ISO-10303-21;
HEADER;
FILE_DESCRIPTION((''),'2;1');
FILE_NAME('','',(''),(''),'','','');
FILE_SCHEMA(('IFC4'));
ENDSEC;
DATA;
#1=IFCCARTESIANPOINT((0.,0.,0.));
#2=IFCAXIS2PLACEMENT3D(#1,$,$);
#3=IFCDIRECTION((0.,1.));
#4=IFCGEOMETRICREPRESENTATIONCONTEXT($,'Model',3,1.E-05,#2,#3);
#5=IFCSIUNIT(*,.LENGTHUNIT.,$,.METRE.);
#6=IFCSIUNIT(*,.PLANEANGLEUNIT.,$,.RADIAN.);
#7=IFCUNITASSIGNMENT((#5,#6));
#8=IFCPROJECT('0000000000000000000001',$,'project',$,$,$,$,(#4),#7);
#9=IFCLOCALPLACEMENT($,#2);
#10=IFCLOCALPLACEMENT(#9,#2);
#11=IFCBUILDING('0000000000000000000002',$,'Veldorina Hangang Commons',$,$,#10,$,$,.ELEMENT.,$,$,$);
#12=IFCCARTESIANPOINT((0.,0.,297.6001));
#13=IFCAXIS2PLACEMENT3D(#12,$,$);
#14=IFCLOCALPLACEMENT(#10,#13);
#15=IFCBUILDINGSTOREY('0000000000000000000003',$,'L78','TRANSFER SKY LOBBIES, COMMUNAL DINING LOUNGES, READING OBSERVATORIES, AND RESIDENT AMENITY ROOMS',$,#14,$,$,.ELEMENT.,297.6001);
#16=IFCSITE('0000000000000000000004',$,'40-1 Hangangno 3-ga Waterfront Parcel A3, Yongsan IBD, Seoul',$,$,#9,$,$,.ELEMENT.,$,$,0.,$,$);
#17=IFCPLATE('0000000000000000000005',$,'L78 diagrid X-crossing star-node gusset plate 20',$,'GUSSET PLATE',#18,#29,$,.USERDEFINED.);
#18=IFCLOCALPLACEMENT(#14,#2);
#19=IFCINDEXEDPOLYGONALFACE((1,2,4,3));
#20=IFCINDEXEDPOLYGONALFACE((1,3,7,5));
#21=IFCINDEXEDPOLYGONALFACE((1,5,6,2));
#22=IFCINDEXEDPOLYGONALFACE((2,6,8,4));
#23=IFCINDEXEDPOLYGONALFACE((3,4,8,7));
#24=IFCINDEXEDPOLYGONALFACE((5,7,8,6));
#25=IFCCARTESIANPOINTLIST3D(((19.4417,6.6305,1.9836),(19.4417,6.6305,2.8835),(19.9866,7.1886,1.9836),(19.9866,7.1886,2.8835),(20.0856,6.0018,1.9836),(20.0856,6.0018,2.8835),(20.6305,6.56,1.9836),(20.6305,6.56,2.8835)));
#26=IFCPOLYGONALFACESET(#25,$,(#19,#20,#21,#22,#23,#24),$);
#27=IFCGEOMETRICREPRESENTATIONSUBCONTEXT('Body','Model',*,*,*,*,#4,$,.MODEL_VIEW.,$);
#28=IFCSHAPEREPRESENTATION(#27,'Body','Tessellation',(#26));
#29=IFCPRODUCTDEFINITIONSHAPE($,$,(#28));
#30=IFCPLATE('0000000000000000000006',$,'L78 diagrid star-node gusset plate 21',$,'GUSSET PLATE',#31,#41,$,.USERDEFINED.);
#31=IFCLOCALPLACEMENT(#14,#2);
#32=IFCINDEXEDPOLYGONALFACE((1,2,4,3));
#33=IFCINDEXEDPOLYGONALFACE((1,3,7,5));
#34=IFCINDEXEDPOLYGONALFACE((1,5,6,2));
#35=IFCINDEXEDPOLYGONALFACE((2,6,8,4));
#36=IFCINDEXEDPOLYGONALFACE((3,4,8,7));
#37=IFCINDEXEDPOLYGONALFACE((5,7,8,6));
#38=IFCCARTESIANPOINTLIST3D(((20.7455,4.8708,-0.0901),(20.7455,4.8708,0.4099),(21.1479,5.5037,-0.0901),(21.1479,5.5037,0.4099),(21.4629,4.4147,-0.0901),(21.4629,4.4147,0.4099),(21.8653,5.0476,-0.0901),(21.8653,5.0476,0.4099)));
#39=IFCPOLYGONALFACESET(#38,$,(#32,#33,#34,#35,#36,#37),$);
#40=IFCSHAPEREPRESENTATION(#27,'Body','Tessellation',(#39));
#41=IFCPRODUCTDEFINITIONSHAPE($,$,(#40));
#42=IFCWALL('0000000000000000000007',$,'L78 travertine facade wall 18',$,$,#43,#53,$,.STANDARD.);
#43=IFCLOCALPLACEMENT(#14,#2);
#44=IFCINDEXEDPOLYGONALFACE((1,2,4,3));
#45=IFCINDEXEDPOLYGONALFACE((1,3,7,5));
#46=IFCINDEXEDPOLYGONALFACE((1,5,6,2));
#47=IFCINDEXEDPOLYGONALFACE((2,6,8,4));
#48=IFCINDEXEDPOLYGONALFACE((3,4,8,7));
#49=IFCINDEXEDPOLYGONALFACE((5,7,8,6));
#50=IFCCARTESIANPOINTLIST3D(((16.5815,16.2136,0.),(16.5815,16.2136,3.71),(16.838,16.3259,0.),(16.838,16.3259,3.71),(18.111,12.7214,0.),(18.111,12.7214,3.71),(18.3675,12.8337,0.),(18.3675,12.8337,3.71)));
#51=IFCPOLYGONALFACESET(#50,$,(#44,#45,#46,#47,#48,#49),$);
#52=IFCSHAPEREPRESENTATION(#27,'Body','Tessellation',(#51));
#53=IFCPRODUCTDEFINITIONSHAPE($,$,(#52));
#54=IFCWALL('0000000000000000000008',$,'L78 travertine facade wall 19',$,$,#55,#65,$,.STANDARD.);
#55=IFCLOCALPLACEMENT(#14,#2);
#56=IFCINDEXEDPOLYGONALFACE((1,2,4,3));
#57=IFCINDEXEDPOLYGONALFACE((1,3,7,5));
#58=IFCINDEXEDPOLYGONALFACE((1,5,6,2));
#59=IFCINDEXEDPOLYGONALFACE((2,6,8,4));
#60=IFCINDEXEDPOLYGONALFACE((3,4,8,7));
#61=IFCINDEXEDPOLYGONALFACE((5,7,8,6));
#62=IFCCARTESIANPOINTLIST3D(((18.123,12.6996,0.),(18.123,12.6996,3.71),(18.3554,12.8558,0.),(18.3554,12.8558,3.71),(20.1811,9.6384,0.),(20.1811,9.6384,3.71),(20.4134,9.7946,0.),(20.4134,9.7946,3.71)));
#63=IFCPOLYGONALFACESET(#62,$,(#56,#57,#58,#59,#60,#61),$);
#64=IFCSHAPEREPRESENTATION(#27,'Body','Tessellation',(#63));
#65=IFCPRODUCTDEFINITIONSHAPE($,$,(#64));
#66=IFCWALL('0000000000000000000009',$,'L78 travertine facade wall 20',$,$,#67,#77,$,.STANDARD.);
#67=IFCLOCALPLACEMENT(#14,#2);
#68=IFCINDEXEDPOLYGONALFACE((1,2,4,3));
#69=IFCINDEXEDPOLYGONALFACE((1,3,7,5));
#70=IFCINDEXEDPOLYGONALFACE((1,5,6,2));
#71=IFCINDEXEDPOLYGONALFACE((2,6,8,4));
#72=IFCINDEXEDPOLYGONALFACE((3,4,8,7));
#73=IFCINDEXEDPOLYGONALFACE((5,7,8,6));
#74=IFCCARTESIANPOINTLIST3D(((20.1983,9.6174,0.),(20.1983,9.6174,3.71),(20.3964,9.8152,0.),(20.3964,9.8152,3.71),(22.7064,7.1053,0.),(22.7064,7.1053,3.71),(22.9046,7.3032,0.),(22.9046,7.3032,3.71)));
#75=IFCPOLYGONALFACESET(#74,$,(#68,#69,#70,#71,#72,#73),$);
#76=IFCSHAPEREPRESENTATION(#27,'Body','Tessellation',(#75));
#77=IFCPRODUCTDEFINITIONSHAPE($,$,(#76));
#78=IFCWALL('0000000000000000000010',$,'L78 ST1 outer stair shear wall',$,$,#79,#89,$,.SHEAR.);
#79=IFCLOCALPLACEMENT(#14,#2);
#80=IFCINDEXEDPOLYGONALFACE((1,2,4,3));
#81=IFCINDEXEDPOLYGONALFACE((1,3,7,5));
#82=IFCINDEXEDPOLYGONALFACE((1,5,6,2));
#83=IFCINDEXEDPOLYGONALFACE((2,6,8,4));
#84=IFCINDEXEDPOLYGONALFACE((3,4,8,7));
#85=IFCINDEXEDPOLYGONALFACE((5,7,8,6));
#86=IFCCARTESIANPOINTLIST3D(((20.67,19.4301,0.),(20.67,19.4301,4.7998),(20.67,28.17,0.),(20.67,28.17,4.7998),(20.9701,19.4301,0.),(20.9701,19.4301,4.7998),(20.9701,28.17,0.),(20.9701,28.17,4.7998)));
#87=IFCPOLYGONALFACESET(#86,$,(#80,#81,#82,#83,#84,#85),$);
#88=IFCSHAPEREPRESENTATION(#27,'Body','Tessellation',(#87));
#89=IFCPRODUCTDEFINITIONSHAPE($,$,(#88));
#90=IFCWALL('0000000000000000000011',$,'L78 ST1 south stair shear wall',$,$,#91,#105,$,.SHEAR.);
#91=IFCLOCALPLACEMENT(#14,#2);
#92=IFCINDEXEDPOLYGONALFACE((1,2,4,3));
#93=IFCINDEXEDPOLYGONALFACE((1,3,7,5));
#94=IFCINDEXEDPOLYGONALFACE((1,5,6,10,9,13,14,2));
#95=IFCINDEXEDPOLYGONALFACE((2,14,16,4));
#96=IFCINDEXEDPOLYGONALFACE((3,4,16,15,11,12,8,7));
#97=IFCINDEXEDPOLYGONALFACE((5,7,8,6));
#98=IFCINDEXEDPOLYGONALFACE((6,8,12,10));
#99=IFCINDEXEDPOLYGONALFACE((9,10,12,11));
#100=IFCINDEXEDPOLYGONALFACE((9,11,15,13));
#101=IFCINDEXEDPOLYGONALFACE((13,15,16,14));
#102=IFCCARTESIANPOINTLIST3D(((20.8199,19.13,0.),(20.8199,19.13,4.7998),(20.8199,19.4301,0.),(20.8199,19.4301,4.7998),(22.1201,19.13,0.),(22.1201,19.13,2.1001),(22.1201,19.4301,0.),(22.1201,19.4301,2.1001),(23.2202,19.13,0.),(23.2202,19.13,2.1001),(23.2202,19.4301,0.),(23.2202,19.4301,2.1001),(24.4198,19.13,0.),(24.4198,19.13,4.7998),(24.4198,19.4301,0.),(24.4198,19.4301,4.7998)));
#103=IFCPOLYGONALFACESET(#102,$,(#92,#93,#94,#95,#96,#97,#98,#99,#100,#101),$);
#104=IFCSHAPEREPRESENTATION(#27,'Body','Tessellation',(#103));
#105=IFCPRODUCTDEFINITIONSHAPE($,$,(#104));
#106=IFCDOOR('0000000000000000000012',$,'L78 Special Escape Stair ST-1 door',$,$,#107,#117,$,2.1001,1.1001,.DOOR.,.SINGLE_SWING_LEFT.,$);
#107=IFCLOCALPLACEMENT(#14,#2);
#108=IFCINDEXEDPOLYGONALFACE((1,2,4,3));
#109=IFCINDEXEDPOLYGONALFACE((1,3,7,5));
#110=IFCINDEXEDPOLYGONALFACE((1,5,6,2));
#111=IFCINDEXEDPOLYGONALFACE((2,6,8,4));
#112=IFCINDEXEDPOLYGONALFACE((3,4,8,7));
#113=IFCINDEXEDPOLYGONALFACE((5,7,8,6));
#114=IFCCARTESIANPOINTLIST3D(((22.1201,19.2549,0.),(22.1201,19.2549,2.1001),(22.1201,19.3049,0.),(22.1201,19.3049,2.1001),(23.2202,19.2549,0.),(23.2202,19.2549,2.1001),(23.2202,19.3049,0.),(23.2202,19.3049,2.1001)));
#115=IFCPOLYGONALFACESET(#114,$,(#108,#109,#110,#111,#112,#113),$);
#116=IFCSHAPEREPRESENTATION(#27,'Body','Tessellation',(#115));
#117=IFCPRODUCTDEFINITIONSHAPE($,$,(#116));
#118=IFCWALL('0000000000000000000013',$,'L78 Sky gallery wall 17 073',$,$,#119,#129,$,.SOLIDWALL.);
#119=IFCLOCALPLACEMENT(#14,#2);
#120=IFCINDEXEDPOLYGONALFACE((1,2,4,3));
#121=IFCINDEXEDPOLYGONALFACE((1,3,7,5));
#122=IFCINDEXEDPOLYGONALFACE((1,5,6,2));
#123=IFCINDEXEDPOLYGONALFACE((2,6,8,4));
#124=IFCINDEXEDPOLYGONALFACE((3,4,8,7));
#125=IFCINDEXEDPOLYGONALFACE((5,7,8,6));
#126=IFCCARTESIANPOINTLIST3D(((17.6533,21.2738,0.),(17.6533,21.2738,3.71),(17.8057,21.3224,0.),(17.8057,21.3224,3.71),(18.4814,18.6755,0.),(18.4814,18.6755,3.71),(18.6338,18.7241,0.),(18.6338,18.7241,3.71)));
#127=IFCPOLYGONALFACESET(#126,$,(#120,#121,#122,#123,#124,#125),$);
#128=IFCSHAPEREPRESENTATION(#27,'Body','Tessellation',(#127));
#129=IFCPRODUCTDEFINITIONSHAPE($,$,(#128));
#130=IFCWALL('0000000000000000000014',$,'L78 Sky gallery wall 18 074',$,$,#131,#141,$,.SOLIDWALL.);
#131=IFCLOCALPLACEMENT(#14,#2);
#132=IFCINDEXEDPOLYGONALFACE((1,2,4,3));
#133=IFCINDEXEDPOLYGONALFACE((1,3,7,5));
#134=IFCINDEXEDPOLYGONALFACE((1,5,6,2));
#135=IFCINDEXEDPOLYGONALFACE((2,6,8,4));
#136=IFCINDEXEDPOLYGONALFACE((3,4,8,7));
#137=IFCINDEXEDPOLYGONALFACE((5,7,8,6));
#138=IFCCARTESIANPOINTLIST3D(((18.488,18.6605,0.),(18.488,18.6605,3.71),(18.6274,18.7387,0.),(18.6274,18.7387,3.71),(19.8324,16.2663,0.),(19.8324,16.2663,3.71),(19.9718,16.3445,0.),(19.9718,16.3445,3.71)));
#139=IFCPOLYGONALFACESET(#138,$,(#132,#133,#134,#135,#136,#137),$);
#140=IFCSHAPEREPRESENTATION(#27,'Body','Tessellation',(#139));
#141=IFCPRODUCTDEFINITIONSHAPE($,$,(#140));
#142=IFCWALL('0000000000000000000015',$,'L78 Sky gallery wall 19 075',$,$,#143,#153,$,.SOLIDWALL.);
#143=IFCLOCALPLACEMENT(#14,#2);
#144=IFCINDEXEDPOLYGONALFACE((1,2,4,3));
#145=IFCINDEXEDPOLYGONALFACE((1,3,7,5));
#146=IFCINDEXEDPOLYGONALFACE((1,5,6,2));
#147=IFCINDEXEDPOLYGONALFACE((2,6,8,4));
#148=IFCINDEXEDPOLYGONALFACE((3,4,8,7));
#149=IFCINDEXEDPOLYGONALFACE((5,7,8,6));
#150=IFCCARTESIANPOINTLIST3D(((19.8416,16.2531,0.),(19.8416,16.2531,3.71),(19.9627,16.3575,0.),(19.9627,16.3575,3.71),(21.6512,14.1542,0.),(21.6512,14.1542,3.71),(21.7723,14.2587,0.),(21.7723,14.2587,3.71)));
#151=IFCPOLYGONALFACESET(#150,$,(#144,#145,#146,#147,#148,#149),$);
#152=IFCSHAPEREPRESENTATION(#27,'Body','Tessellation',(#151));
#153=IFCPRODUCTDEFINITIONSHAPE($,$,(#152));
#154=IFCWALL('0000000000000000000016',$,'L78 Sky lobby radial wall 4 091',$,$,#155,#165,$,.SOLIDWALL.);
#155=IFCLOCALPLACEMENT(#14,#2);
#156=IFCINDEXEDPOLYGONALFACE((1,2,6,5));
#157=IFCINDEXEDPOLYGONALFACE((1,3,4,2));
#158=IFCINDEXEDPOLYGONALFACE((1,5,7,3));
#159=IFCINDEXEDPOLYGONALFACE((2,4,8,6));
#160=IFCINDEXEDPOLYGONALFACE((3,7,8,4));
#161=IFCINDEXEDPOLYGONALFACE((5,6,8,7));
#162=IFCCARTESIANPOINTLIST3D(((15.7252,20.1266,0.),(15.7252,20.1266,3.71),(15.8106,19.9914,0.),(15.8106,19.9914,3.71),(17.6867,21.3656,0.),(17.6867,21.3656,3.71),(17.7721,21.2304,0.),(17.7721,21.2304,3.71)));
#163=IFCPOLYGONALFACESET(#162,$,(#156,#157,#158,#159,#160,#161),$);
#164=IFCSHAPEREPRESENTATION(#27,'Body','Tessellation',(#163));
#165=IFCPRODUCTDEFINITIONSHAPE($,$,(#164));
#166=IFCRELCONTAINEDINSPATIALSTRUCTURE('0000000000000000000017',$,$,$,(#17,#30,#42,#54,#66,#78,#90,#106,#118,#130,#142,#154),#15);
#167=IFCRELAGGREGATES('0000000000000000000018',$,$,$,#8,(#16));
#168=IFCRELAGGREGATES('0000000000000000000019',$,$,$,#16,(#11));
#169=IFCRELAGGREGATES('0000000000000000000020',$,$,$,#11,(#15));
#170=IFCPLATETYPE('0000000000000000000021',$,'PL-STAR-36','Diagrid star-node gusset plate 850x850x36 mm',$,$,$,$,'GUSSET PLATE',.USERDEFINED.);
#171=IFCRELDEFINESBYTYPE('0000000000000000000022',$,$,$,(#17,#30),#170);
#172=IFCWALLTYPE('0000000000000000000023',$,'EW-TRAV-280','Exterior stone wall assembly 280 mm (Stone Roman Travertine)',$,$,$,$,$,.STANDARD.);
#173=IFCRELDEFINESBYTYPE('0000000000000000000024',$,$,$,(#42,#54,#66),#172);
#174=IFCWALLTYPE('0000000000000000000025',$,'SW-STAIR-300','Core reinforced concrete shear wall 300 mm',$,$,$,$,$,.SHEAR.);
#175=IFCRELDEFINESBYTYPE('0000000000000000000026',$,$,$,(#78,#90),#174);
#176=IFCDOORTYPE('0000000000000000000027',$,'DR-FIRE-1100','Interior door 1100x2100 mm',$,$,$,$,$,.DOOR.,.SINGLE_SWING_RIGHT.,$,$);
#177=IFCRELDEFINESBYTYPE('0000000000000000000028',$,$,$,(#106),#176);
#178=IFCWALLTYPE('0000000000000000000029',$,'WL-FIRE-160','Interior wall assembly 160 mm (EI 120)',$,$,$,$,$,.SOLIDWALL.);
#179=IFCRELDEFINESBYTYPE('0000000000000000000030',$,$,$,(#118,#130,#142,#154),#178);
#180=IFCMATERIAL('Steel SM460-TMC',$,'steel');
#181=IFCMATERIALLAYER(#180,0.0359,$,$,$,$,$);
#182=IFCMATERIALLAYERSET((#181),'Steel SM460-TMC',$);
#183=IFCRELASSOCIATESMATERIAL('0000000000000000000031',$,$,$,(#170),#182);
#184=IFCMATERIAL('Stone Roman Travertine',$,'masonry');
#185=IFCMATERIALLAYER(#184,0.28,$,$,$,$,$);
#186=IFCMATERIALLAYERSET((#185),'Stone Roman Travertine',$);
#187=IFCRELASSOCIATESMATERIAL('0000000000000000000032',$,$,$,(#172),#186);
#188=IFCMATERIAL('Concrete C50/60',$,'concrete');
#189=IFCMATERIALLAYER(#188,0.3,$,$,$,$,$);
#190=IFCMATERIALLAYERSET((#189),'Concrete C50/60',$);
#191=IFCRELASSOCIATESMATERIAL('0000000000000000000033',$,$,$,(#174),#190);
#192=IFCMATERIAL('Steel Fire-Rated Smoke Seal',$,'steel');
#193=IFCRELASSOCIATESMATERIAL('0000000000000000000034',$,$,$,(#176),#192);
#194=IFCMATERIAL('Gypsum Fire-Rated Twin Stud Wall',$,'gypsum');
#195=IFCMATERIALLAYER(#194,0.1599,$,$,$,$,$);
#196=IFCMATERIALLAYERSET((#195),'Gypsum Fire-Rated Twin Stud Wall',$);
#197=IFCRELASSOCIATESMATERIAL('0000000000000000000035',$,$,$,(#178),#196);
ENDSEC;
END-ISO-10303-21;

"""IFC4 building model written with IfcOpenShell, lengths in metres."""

from ifc_helpers import new_model, si_unit, direction, frame, frame_2d, origin, origin_2d, place, context, subcontext, project, spatial, rectangle, extrude, material, layer, layer_set, type_object, element, fill, save


model = new_model("IFC4")

# Units and contexts
model_context = context("Model", 3, precision=1e-05, world=origin(), true_north=direction((0.0, 1.0)))
body_context = subcontext(model_context, "Body", "Model", "MODEL_VIEW")
ifc_project = project(units=[si_unit("LENGTHUNIT", "METRE"), si_unit("PLANEANGLEUNIT", "RADIAN")], contexts=[model_context])

# Site, building, storey
site_placement = place(None, origin())
site = spatial("IfcSite", under=ifc_project, at=site_placement, Name="40-1 Hangangno 3-ga Waterfront Parcel A3, Yongsan IBD, Seoul", CompositionType="ELEMENT", RefElevation=0.0)
building_placement = place(site_placement, origin())
building = spatial("IfcBuilding", under=site, at=building_placement, Name="Veldorina Hangang Commons", CompositionType="ELEMENT")
storey_placement = place(building_placement, frame((0.0, 0.0, 297.6001)))
storey = spatial("IfcBuildingStorey", under=building, at=storey_placement, Name="L78", Description="TRANSFER SKY LOBBIES, COMMUNAL DINING LOUNGES, READING OBSERVATORIES, AND RESIDENT AMENITY ROOMS", CompositionType="ELEMENT", Elevation=297.6001)

# Shared definitions
ifc_material_1 = material(Name="Steel SM460-TMC", Category="steel")

# Plates
ifc_layer_1 = layer(ifc_material_1, 0.0359)
ifc_layer_set_1 = layer_set([ifc_layer_1], Name="Steel SM460-TMC")
plate_type = type_object("IfcPlateType", Name="PL-STAR-36", Description="Diagrid star-node gusset plate 850x850x36 mm", ElementType="GUSSET PLATE", PredefinedType="USERDEFINED", material=ifc_layer_set_1)
plate_1_placement = place(storey_placement, frame((20.0361, 6.5952, 1.9836), z_axis=(0.0, 0.0, 1.0), x_axis=(0.715534, -0.698578, 0.0)))
element("IfcPlate", 1, at=plate_1_placement, inside=storey, type_object=plate_type, Name="L78 diagrid X-crossing star-node gusset plate 20", ObjectType="GUSSET PLATE", PredefinedType="USERDEFINED", context=body_context, shape_type="SweptSolid", body=[
    extrude(rectangle(XDim=0.8999, YDim=0.78, at=origin_2d()), origin(), (0.0, 0.0, 1.0), 0.8999),
])
plate_2_placement = place(storey_placement, frame((21.3054, 4.9592, -0.0901), z_axis=(0.0, 0.0, 1.0), x_axis=(0.84386, -0.536563, 0.0)))
element("IfcPlate", 2, at=plate_2_placement, inside=storey, type_object=plate_type, Name="L78 diagrid star-node gusset plate 21", ObjectType="GUSSET PLATE", PredefinedType="USERDEFINED", context=body_context, shape_type="SweptSolid", body=[
    extrude(rectangle(XDim=0.8501, YDim=0.75, at=origin_2d()), origin(), (0.0, 0.0, 1.0), 0.5),
])

# Walls
ifc_material_2 = material(Name="Stone Roman Travertine", Category="masonry")
ifc_layer_2 = layer(ifc_material_2, 0.28)
ifc_layer_set_2 = layer_set([ifc_layer_2], Name="Stone Roman Travertine")
wall_type_1 = type_object("IfcWallType", Name="EW-TRAV-280", Description="Exterior stone wall assembly 280 mm (Stone Roman Travertine)", PredefinedType="STANDARD", material=ifc_layer_set_2)
wall_1_placement = place(storey_placement, frame((16.7097, 16.2698, 0.0), z_axis=(0.0, 0.0, 1.0), x_axis=(0.401195, -0.915993, 0.0)))
element("IfcWall", 3, at=wall_1_placement, inside=storey, type_object=wall_type_1, Name="L78 travertine facade wall 18", PredefinedType="STANDARD", context=body_context, shape_type="SweptSolid", body=[
    extrude(rectangle(XDim=3.8125, YDim=0.28, at=frame_2d((1.9062, 0.0))), origin(), (0.0, 0.0, 1.0), 3.71),
])
wall_2_placement = place(storey_placement, frame((18.2393, 12.7776, 0.0), z_axis=(0.0, 0.0, 1.0), x_axis=(0.557934, -0.829885, 0.0)))
element("IfcWall", 4, at=wall_2_placement, inside=storey, type_object=wall_type_1, Name="L78 travertine facade wall 19", PredefinedType="STANDARD", context=body_context, shape_type="SweptSolid", body=[
    extrude(rectangle(XDim=3.6887, YDim=0.28, at=frame_2d((1.8442, 0.0))), origin(), (0.0, 0.0, 1.0), 3.71),
])
wall_3_placement = place(storey_placement, frame((20.2974, 9.7163, 0.0), z_axis=(0.0, 0.0, 1.0), x_axis=(0.706556, -0.707657, 0.0)))
element("IfcWall", 5, at=wall_3_placement, inside=storey, type_object=wall_type_1, Name="L78 travertine facade wall 20", PredefinedType="STANDARD", context=body_context, shape_type="SweptSolid", body=[
    extrude(rectangle(XDim=3.5498, YDim=0.28, at=frame_2d((1.7749, 0.0))), origin(), (0.0, 0.0, 1.0), 3.71),
])
ifc_material_3 = material(Name="Concrete C50/60", Category="concrete")
ifc_layer_3 = layer(ifc_material_3, 0.3)
ifc_layer_set_3 = layer_set([ifc_layer_3], Name="Concrete C50/60")
wall_type_2 = type_object("IfcWallType", Name="SW-STAIR-300", Description="Core reinforced concrete shear wall 300 mm", PredefinedType="SHEAR", material=ifc_layer_set_3)
wall_4_placement = place(storey_placement, frame((20.8201, 19.4299, 0.0), z_axis=(0.0, 0.0, 1.0), x_axis=(0.0, 1.0, 0.0)))
element("IfcWall", 6, at=wall_4_placement, inside=storey, type_object=wall_type_2, Name="L78 ST1 outer stair shear wall", PredefinedType="SHEAR", context=body_context, shape_type="SweptSolid", body=[
    extrude(rectangle(XDim=8.74, YDim=0.3, at=frame_2d((4.3701, 0.0))), origin(), (0.0, 0.0, 1.0), 4.7998),
])

# Wall, opening, door
wall_5_placement = place(storey_placement, frame((20.8201, 19.28, 0.0), z_axis=(0.0, 0.0, 1.0), x_axis=(1.0, 0.0, 0.0)))
wall_5 = element("IfcWall", 7, at=wall_5_placement, inside=storey, type_object=wall_type_2, Name="L78 ST1 south stair shear wall", PredefinedType="SHEAR", context=body_context, shape_type="SweptSolid", body=[
    extrude(rectangle(XDim=3.5999, YDim=0.3, at=frame_2d((1.7998, 0.0))), origin(), (0.0, 0.0, 1.0), 4.7998),
])
opening_1_placement = place(wall_5_placement, frame((1.3, 0.0, 0.0)))
opening_1 = element("IfcOpeningElement", 8, at=opening_1_placement, cuts=wall_5, PredefinedType="OPENING", context=body_context, shape_type="SweptSolid", body=[
    extrude(rectangle(XDim=1.1001, YDim=2.1001, at=frame_2d((0.55, 1.05))), frame((0.0, 0.1602, 0.0), z_axis=(0.0, -1.0, 0.0), x_axis=(1.0, 0.0, 0.0)), (0.0, 0.0, 1.0), 0.3201),
])
ifc_material_4 = material(Name="Steel Fire-Rated Smoke Seal", Category="steel")
door_type = type_object("IfcDoorType", Name="DR-FIRE-1100", Description="Interior door 1100x2100 mm", OperationType="SINGLE_SWING_RIGHT", PredefinedType="DOOR", material=ifc_material_4)
door_1_placement = place(opening_1_placement, origin())
door_1 = element("IfcDoor", 9, at=door_1_placement, inside=storey, type_object=door_type, Name="L78 Special Escape Stair ST-1 door", OperationType="SINGLE_SWING_LEFT", OverallHeight=2.1001, OverallWidth=1.1001, PredefinedType="DOOR", context=body_context, shape_type="SweptSolid", body=[
    extrude(rectangle(XDim=1.1001, YDim=2.1001, at=frame_2d((0.55, 1.05))), frame((0.0, 0.0249, 0.0), z_axis=(0.0, -1.0, 0.0), x_axis=(1.0, 0.0, 0.0)), (0.0, 0.0, 1.0), 0.05),
])
fill(opening_1, door_1)

# Walls
ifc_material_5 = material(Name="Gypsum Fire-Rated Twin Stud Wall", Category="gypsum")
ifc_layer_4 = layer(ifc_material_5, 0.1599)
ifc_layer_set_4 = layer_set([ifc_layer_4], Name="Gypsum Fire-Rated Twin Stud Wall")
wall_type_3 = type_object("IfcWallType", Name="WL-FIRE-160", Description="Interior wall assembly 160 mm (EI 120)", PredefinedType="SOLIDWALL", material=ifc_layer_set_4)
wall_6_placement = place(storey_placement, frame((17.7295, 21.2981, 0.0), z_axis=(0.0, 0.0, 1.0), x_axis=(0.303658, -0.952781, 0.0)))
element("IfcWall", 10, at=wall_6_placement, inside=storey, type_object=wall_type_3, Name="L78 Sky gallery wall 17 073", PredefinedType="SOLIDWALL", context=body_context, shape_type="SweptSolid", body=[
    extrude(rectangle(XDim=2.7271, YDim=0.1599, at=frame_2d((1.3635, 0.0))), origin(), (0.0, 0.0, 1.0), 3.71),
])
wall_7_placement = place(storey_placement, frame((18.5576, 18.6997, 0.0), z_axis=(0.0, 0.0, 1.0), x_axis=(0.489624, -0.871934, 0.0)))
element("IfcWall", 11, at=wall_7_placement, inside=storey, type_object=wall_type_3, Name="L78 Sky gallery wall 18 074", PredefinedType="SOLIDWALL", context=body_context, shape_type="SweptSolid", body=[
    extrude(rectangle(XDim=2.7458, YDim=0.1599, at=frame_2d((1.373, 0.0))), origin(), (0.0, 0.0, 1.0), 3.71),
])
wall_8_placement = place(storey_placement, frame((19.9021, 16.3054, 0.0), z_axis=(0.0, 0.0, 1.0), x_axis=(0.65298, -0.757375, 0.0)))
element("IfcWall", 12, at=wall_8_placement, inside=storey, type_object=wall_type_3, Name="L78 Sky gallery wall 19 075", PredefinedType="SOLIDWALL", context=body_context, shape_type="SweptSolid", body=[
    extrude(rectangle(XDim=2.7712, YDim=0.1599, at=frame_2d((1.3857, 0.0))), origin(), (0.0, 0.0, 1.0), 3.71),
])
wall_9_placement = place(storey_placement, frame((17.7295, 21.2981, 0.0), z_axis=(0.0, 0.0, 1.0), x_axis=(-0.845446, -0.53406, 0.0)))
element("IfcWall", 13, at=wall_9_placement, inside=storey, type_object=wall_type_3, Name="L78 Sky lobby radial wall 4 091", PredefinedType="SOLIDWALL", context=body_context, shape_type="SweptSolid", body=[
    extrude(rectangle(XDim=2.3201, YDim=0.1599, at=frame_2d((1.1602, 0.0))), origin(), (0.0, 0.0, 1.0), 3.71),
])

save(model, "model.ifc")
